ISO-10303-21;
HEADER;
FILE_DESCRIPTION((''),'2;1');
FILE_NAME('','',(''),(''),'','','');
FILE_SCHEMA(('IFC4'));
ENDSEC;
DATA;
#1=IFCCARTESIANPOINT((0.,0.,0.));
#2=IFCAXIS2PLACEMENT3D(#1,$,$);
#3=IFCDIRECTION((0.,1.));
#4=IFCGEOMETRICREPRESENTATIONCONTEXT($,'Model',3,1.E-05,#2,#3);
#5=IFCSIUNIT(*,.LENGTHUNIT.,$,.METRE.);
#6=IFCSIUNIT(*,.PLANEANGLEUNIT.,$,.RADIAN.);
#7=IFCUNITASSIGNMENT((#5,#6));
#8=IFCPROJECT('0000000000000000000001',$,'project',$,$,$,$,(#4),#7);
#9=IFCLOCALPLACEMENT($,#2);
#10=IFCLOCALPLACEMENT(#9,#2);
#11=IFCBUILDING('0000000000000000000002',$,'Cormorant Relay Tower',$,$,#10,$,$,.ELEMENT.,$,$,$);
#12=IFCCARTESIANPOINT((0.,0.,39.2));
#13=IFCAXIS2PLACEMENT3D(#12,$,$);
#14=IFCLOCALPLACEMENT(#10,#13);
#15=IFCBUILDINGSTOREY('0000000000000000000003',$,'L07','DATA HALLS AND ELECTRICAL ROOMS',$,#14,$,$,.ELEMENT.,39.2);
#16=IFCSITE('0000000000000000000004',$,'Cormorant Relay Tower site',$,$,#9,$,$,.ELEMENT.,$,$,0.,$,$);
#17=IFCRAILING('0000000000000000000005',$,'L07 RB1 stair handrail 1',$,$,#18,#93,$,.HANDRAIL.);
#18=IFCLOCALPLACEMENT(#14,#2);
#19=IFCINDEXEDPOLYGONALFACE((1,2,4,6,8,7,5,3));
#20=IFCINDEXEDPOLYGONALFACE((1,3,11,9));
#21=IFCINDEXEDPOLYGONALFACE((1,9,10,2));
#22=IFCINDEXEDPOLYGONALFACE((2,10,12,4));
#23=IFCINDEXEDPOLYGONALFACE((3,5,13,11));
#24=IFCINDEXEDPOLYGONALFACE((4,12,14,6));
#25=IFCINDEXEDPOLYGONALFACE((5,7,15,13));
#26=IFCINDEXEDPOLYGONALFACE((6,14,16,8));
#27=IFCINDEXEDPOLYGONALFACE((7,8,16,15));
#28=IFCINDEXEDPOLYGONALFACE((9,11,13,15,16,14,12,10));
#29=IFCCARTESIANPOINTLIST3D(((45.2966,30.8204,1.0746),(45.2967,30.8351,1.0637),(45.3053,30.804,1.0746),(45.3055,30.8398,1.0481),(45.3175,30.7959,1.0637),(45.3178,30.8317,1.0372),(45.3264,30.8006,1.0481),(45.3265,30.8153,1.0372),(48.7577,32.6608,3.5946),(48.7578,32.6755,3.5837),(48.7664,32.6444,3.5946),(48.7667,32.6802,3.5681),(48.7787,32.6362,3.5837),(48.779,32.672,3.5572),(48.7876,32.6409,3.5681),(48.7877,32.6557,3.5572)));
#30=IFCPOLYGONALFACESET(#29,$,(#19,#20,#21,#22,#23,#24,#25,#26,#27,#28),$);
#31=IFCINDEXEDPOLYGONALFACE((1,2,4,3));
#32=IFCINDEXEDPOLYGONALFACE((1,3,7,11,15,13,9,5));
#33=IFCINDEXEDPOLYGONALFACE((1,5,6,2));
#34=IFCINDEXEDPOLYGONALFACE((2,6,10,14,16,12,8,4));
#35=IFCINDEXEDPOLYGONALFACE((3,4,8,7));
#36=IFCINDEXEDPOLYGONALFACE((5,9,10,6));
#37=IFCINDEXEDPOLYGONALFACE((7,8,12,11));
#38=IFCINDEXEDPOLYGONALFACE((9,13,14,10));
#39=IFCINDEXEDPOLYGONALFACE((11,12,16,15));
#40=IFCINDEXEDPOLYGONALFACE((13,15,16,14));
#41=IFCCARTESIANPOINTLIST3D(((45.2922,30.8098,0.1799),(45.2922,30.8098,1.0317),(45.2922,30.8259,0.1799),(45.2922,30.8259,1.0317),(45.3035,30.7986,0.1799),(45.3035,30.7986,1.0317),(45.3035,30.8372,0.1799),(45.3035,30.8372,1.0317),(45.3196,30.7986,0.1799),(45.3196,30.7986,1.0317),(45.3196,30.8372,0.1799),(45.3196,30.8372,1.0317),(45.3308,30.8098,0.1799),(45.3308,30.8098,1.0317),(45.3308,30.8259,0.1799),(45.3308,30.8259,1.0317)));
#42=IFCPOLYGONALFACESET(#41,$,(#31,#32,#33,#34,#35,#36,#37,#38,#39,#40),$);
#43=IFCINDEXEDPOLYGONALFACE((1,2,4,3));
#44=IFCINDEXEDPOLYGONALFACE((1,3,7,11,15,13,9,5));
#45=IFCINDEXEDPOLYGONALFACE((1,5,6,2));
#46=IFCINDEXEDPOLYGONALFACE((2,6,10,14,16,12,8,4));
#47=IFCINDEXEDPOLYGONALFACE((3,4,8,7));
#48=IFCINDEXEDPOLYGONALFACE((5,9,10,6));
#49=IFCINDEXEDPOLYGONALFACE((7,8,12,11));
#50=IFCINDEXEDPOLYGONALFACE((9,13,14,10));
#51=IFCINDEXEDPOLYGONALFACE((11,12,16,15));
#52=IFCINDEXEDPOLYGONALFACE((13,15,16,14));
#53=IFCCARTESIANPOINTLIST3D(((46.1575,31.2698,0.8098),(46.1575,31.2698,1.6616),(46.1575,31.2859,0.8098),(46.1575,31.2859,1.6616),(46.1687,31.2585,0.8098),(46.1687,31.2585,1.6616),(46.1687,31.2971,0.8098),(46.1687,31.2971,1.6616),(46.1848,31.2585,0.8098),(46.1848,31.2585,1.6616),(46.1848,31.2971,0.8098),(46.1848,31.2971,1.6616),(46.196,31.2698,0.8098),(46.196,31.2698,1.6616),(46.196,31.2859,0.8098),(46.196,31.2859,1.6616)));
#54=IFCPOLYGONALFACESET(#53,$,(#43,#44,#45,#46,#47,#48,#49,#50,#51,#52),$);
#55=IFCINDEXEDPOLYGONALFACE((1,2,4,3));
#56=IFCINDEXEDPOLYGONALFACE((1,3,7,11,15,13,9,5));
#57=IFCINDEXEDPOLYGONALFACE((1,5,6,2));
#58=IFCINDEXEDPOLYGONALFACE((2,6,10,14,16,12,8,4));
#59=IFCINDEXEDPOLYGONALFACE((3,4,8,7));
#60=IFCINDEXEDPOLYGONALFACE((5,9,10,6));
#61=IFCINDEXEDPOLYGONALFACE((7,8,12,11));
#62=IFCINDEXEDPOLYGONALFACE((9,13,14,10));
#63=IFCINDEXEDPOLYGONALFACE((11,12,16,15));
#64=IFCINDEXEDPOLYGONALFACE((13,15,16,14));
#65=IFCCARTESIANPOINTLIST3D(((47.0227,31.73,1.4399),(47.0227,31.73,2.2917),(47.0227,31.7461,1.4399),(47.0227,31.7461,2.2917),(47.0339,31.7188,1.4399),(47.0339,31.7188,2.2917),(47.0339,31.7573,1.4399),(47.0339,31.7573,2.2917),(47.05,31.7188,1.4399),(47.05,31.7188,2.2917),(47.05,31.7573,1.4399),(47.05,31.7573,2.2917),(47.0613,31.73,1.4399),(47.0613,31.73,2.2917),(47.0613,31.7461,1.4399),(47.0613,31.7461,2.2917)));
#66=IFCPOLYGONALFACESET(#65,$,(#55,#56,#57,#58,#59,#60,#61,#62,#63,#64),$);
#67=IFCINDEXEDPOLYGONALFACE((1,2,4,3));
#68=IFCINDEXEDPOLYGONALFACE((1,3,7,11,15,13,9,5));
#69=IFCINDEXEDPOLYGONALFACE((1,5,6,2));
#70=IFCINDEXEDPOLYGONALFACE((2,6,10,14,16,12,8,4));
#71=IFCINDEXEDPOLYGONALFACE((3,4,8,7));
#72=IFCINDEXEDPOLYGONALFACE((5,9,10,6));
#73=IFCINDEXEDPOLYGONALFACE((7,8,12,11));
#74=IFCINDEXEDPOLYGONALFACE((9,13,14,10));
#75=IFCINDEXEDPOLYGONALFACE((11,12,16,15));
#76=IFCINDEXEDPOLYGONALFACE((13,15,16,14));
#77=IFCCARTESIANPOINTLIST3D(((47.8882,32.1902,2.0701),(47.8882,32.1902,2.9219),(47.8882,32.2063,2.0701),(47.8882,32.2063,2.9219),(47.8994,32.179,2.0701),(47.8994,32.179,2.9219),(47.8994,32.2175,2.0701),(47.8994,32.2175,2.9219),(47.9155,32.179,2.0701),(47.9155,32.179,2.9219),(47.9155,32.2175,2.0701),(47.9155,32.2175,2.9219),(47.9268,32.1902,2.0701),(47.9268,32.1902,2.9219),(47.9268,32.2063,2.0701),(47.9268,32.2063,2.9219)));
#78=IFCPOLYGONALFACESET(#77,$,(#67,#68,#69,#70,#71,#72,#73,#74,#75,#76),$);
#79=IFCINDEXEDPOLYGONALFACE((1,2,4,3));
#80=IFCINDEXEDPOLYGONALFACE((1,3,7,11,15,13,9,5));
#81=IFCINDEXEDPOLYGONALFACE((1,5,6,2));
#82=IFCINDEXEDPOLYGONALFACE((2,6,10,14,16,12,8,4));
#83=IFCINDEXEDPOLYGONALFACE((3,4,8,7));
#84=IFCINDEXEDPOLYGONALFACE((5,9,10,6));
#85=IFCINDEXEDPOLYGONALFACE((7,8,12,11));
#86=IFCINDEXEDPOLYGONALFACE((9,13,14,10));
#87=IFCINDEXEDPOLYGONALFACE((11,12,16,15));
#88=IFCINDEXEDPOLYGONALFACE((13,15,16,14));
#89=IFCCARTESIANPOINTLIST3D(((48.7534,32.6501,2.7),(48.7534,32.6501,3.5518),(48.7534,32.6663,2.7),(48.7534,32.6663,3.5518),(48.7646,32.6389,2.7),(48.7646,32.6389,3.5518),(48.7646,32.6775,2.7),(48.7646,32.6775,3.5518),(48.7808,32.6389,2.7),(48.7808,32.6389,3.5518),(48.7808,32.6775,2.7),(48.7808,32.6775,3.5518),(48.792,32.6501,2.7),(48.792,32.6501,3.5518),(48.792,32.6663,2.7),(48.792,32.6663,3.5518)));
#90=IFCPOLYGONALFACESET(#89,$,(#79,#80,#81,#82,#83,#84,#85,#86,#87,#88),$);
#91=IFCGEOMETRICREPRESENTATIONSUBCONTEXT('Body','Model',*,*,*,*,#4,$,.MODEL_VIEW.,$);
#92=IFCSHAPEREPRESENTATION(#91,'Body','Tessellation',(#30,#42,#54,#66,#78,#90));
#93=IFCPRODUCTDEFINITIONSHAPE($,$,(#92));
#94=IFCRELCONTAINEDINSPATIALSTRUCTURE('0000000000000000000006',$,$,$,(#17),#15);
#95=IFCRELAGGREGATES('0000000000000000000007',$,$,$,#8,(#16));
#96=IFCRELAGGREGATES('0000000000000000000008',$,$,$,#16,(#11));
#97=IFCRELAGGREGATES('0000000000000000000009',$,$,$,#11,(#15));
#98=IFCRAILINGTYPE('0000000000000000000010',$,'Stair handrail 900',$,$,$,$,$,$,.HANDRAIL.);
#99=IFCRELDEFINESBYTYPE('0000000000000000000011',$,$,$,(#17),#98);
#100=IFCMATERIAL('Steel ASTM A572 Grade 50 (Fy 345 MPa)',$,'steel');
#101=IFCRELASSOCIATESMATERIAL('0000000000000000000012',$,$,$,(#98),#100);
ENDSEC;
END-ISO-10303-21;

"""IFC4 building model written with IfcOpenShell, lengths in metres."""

from ifc_helpers import new_model, si_unit, direction, frame, origin, place, context, subcontext, project, spatial, polyline, outline, extrude, material, type_object, element, save


model = new_model("IFC4")

# Units and contexts
model_context = context("Model", 3, precision=1e-05, world=origin(), true_north=direction((0.0, 1.0)))
body_context = subcontext(model_context, "Body", "Model", "MODEL_VIEW")
ifc_project = project(units=[si_unit("LENGTHUNIT", "METRE"), si_unit("PLANEANGLEUNIT", "RADIAN")], contexts=[model_context])

# Site, building, storey
site_placement = place(None, origin())
site = spatial("IfcSite", under=ifc_project, at=site_placement, Name="Cormorant Relay Tower site", CompositionType="ELEMENT", RefElevation=0.0)
building_placement = place(site_placement, origin())
building = spatial("IfcBuilding", under=site, at=building_placement, Name="Cormorant Relay Tower", CompositionType="ELEMENT")
storey_placement = place(building_placement, frame((0.0, 0.0, 39.2)))
storey = spatial("IfcBuildingStorey", under=building, at=storey_placement, Name="L07", Description="DATA HALLS AND ELECTRICAL ROOMS", CompositionType="ELEMENT", Elevation=39.2)

# Railing
ifc_material_1 = material(Name="Steel ASTM A572 Grade 50 (Fy 345 MPa)", Category="steel")
railing_type = type_object("IfcRailingType", Name="Stair handrail 900", PredefinedType="HANDRAIL", material=ifc_material_1)
railing_placement = place(storey_placement, frame((45.3115, 30.8179, 0.1799)))
element("IfcRailing", 1, at=railing_placement, inside=storey, type_object=railing_type, Name="L07 RB1 stair handrail 1", PredefinedType="HANDRAIL", context=body_context, shape_type="SweptSolid", body=[
    extrude(outline(polyline([(0.0222, 0.0093), (0.0093, 0.0222), (-0.0093, 0.0222), (-0.0222, 0.0093), (-0.0222, -0.0093), (-0.0093, -0.0222), (0.0093, -0.0222), (0.0222, -0.0093), (0.0222, 0.0093)])), frame((0.0, 0.0, 0.876), z_axis=(0.742717, 0.394907, 0.540758), x_axis=(-0.469469, 0.882949, 0.0)), (0.0, 0.0, 1.0), 4.6602),
    extrude(outline(polyline([(0.0193, 0.0081), (0.0081, 0.0193), (-0.0081, 0.0193), (-0.0193, 0.0081), (-0.0193, -0.0081), (-0.0081, -0.0193), (0.0081, -0.0193), (0.0193, -0.0081), (0.0193, 0.0081)])), origin(), (0.0, 0.0, 1.0), 0.8518),
    extrude(outline(polyline([(0.0193, 0.0081), (0.0081, 0.0193), (-0.0081, 0.0193), (-0.0193, 0.0081), (-0.0193, -0.0081), (-0.0081, -0.0193), (0.0081, -0.0193), (0.0193, -0.0081), (0.0193, 0.0081)])), frame((0.8652, 0.46, 0.6299)), (0.0, 0.0, 1.0), 0.8518),
    extrude(outline(polyline([(0.0193, 0.0081), (0.0081, 0.0193), (-0.0081, 0.0193), (-0.0193, 0.0081), (-0.0193, -0.0081), (-0.0081, -0.0193), (0.0081, -0.0193), (0.0193, -0.0081), (0.0193, 0.0081)])), frame((1.7305, 0.9202, 1.26)), (0.0, 0.0, 1.0), 0.8518),
    extrude(outline(polyline([(0.0193, 0.0081), (0.0081, 0.0193), (-0.0081, 0.0193), (-0.0193, 0.0081), (-0.0193, -0.0081), (-0.0081, -0.0193), (0.0081, -0.0193), (0.0193, -0.0081), (0.0193, 0.0081)])), frame((2.5959, 1.3804, 1.8901)), (0.0, 0.0, 1.0), 0.8518),
    extrude(outline(polyline([(0.0193, 0.0081), (0.0081, 0.0193), (-0.0081, 0.0193), (-0.0193, 0.0081), (-0.0193, -0.0081), (-0.0081, -0.0193), (0.0081, -0.0193), (0.0193, -0.0081), (0.0193, 0.0081)])), frame((3.4612, 1.8403, 2.52)), (0.0, 0.0, 1.0), 0.8518),
])

save(model, "model.ifc")
